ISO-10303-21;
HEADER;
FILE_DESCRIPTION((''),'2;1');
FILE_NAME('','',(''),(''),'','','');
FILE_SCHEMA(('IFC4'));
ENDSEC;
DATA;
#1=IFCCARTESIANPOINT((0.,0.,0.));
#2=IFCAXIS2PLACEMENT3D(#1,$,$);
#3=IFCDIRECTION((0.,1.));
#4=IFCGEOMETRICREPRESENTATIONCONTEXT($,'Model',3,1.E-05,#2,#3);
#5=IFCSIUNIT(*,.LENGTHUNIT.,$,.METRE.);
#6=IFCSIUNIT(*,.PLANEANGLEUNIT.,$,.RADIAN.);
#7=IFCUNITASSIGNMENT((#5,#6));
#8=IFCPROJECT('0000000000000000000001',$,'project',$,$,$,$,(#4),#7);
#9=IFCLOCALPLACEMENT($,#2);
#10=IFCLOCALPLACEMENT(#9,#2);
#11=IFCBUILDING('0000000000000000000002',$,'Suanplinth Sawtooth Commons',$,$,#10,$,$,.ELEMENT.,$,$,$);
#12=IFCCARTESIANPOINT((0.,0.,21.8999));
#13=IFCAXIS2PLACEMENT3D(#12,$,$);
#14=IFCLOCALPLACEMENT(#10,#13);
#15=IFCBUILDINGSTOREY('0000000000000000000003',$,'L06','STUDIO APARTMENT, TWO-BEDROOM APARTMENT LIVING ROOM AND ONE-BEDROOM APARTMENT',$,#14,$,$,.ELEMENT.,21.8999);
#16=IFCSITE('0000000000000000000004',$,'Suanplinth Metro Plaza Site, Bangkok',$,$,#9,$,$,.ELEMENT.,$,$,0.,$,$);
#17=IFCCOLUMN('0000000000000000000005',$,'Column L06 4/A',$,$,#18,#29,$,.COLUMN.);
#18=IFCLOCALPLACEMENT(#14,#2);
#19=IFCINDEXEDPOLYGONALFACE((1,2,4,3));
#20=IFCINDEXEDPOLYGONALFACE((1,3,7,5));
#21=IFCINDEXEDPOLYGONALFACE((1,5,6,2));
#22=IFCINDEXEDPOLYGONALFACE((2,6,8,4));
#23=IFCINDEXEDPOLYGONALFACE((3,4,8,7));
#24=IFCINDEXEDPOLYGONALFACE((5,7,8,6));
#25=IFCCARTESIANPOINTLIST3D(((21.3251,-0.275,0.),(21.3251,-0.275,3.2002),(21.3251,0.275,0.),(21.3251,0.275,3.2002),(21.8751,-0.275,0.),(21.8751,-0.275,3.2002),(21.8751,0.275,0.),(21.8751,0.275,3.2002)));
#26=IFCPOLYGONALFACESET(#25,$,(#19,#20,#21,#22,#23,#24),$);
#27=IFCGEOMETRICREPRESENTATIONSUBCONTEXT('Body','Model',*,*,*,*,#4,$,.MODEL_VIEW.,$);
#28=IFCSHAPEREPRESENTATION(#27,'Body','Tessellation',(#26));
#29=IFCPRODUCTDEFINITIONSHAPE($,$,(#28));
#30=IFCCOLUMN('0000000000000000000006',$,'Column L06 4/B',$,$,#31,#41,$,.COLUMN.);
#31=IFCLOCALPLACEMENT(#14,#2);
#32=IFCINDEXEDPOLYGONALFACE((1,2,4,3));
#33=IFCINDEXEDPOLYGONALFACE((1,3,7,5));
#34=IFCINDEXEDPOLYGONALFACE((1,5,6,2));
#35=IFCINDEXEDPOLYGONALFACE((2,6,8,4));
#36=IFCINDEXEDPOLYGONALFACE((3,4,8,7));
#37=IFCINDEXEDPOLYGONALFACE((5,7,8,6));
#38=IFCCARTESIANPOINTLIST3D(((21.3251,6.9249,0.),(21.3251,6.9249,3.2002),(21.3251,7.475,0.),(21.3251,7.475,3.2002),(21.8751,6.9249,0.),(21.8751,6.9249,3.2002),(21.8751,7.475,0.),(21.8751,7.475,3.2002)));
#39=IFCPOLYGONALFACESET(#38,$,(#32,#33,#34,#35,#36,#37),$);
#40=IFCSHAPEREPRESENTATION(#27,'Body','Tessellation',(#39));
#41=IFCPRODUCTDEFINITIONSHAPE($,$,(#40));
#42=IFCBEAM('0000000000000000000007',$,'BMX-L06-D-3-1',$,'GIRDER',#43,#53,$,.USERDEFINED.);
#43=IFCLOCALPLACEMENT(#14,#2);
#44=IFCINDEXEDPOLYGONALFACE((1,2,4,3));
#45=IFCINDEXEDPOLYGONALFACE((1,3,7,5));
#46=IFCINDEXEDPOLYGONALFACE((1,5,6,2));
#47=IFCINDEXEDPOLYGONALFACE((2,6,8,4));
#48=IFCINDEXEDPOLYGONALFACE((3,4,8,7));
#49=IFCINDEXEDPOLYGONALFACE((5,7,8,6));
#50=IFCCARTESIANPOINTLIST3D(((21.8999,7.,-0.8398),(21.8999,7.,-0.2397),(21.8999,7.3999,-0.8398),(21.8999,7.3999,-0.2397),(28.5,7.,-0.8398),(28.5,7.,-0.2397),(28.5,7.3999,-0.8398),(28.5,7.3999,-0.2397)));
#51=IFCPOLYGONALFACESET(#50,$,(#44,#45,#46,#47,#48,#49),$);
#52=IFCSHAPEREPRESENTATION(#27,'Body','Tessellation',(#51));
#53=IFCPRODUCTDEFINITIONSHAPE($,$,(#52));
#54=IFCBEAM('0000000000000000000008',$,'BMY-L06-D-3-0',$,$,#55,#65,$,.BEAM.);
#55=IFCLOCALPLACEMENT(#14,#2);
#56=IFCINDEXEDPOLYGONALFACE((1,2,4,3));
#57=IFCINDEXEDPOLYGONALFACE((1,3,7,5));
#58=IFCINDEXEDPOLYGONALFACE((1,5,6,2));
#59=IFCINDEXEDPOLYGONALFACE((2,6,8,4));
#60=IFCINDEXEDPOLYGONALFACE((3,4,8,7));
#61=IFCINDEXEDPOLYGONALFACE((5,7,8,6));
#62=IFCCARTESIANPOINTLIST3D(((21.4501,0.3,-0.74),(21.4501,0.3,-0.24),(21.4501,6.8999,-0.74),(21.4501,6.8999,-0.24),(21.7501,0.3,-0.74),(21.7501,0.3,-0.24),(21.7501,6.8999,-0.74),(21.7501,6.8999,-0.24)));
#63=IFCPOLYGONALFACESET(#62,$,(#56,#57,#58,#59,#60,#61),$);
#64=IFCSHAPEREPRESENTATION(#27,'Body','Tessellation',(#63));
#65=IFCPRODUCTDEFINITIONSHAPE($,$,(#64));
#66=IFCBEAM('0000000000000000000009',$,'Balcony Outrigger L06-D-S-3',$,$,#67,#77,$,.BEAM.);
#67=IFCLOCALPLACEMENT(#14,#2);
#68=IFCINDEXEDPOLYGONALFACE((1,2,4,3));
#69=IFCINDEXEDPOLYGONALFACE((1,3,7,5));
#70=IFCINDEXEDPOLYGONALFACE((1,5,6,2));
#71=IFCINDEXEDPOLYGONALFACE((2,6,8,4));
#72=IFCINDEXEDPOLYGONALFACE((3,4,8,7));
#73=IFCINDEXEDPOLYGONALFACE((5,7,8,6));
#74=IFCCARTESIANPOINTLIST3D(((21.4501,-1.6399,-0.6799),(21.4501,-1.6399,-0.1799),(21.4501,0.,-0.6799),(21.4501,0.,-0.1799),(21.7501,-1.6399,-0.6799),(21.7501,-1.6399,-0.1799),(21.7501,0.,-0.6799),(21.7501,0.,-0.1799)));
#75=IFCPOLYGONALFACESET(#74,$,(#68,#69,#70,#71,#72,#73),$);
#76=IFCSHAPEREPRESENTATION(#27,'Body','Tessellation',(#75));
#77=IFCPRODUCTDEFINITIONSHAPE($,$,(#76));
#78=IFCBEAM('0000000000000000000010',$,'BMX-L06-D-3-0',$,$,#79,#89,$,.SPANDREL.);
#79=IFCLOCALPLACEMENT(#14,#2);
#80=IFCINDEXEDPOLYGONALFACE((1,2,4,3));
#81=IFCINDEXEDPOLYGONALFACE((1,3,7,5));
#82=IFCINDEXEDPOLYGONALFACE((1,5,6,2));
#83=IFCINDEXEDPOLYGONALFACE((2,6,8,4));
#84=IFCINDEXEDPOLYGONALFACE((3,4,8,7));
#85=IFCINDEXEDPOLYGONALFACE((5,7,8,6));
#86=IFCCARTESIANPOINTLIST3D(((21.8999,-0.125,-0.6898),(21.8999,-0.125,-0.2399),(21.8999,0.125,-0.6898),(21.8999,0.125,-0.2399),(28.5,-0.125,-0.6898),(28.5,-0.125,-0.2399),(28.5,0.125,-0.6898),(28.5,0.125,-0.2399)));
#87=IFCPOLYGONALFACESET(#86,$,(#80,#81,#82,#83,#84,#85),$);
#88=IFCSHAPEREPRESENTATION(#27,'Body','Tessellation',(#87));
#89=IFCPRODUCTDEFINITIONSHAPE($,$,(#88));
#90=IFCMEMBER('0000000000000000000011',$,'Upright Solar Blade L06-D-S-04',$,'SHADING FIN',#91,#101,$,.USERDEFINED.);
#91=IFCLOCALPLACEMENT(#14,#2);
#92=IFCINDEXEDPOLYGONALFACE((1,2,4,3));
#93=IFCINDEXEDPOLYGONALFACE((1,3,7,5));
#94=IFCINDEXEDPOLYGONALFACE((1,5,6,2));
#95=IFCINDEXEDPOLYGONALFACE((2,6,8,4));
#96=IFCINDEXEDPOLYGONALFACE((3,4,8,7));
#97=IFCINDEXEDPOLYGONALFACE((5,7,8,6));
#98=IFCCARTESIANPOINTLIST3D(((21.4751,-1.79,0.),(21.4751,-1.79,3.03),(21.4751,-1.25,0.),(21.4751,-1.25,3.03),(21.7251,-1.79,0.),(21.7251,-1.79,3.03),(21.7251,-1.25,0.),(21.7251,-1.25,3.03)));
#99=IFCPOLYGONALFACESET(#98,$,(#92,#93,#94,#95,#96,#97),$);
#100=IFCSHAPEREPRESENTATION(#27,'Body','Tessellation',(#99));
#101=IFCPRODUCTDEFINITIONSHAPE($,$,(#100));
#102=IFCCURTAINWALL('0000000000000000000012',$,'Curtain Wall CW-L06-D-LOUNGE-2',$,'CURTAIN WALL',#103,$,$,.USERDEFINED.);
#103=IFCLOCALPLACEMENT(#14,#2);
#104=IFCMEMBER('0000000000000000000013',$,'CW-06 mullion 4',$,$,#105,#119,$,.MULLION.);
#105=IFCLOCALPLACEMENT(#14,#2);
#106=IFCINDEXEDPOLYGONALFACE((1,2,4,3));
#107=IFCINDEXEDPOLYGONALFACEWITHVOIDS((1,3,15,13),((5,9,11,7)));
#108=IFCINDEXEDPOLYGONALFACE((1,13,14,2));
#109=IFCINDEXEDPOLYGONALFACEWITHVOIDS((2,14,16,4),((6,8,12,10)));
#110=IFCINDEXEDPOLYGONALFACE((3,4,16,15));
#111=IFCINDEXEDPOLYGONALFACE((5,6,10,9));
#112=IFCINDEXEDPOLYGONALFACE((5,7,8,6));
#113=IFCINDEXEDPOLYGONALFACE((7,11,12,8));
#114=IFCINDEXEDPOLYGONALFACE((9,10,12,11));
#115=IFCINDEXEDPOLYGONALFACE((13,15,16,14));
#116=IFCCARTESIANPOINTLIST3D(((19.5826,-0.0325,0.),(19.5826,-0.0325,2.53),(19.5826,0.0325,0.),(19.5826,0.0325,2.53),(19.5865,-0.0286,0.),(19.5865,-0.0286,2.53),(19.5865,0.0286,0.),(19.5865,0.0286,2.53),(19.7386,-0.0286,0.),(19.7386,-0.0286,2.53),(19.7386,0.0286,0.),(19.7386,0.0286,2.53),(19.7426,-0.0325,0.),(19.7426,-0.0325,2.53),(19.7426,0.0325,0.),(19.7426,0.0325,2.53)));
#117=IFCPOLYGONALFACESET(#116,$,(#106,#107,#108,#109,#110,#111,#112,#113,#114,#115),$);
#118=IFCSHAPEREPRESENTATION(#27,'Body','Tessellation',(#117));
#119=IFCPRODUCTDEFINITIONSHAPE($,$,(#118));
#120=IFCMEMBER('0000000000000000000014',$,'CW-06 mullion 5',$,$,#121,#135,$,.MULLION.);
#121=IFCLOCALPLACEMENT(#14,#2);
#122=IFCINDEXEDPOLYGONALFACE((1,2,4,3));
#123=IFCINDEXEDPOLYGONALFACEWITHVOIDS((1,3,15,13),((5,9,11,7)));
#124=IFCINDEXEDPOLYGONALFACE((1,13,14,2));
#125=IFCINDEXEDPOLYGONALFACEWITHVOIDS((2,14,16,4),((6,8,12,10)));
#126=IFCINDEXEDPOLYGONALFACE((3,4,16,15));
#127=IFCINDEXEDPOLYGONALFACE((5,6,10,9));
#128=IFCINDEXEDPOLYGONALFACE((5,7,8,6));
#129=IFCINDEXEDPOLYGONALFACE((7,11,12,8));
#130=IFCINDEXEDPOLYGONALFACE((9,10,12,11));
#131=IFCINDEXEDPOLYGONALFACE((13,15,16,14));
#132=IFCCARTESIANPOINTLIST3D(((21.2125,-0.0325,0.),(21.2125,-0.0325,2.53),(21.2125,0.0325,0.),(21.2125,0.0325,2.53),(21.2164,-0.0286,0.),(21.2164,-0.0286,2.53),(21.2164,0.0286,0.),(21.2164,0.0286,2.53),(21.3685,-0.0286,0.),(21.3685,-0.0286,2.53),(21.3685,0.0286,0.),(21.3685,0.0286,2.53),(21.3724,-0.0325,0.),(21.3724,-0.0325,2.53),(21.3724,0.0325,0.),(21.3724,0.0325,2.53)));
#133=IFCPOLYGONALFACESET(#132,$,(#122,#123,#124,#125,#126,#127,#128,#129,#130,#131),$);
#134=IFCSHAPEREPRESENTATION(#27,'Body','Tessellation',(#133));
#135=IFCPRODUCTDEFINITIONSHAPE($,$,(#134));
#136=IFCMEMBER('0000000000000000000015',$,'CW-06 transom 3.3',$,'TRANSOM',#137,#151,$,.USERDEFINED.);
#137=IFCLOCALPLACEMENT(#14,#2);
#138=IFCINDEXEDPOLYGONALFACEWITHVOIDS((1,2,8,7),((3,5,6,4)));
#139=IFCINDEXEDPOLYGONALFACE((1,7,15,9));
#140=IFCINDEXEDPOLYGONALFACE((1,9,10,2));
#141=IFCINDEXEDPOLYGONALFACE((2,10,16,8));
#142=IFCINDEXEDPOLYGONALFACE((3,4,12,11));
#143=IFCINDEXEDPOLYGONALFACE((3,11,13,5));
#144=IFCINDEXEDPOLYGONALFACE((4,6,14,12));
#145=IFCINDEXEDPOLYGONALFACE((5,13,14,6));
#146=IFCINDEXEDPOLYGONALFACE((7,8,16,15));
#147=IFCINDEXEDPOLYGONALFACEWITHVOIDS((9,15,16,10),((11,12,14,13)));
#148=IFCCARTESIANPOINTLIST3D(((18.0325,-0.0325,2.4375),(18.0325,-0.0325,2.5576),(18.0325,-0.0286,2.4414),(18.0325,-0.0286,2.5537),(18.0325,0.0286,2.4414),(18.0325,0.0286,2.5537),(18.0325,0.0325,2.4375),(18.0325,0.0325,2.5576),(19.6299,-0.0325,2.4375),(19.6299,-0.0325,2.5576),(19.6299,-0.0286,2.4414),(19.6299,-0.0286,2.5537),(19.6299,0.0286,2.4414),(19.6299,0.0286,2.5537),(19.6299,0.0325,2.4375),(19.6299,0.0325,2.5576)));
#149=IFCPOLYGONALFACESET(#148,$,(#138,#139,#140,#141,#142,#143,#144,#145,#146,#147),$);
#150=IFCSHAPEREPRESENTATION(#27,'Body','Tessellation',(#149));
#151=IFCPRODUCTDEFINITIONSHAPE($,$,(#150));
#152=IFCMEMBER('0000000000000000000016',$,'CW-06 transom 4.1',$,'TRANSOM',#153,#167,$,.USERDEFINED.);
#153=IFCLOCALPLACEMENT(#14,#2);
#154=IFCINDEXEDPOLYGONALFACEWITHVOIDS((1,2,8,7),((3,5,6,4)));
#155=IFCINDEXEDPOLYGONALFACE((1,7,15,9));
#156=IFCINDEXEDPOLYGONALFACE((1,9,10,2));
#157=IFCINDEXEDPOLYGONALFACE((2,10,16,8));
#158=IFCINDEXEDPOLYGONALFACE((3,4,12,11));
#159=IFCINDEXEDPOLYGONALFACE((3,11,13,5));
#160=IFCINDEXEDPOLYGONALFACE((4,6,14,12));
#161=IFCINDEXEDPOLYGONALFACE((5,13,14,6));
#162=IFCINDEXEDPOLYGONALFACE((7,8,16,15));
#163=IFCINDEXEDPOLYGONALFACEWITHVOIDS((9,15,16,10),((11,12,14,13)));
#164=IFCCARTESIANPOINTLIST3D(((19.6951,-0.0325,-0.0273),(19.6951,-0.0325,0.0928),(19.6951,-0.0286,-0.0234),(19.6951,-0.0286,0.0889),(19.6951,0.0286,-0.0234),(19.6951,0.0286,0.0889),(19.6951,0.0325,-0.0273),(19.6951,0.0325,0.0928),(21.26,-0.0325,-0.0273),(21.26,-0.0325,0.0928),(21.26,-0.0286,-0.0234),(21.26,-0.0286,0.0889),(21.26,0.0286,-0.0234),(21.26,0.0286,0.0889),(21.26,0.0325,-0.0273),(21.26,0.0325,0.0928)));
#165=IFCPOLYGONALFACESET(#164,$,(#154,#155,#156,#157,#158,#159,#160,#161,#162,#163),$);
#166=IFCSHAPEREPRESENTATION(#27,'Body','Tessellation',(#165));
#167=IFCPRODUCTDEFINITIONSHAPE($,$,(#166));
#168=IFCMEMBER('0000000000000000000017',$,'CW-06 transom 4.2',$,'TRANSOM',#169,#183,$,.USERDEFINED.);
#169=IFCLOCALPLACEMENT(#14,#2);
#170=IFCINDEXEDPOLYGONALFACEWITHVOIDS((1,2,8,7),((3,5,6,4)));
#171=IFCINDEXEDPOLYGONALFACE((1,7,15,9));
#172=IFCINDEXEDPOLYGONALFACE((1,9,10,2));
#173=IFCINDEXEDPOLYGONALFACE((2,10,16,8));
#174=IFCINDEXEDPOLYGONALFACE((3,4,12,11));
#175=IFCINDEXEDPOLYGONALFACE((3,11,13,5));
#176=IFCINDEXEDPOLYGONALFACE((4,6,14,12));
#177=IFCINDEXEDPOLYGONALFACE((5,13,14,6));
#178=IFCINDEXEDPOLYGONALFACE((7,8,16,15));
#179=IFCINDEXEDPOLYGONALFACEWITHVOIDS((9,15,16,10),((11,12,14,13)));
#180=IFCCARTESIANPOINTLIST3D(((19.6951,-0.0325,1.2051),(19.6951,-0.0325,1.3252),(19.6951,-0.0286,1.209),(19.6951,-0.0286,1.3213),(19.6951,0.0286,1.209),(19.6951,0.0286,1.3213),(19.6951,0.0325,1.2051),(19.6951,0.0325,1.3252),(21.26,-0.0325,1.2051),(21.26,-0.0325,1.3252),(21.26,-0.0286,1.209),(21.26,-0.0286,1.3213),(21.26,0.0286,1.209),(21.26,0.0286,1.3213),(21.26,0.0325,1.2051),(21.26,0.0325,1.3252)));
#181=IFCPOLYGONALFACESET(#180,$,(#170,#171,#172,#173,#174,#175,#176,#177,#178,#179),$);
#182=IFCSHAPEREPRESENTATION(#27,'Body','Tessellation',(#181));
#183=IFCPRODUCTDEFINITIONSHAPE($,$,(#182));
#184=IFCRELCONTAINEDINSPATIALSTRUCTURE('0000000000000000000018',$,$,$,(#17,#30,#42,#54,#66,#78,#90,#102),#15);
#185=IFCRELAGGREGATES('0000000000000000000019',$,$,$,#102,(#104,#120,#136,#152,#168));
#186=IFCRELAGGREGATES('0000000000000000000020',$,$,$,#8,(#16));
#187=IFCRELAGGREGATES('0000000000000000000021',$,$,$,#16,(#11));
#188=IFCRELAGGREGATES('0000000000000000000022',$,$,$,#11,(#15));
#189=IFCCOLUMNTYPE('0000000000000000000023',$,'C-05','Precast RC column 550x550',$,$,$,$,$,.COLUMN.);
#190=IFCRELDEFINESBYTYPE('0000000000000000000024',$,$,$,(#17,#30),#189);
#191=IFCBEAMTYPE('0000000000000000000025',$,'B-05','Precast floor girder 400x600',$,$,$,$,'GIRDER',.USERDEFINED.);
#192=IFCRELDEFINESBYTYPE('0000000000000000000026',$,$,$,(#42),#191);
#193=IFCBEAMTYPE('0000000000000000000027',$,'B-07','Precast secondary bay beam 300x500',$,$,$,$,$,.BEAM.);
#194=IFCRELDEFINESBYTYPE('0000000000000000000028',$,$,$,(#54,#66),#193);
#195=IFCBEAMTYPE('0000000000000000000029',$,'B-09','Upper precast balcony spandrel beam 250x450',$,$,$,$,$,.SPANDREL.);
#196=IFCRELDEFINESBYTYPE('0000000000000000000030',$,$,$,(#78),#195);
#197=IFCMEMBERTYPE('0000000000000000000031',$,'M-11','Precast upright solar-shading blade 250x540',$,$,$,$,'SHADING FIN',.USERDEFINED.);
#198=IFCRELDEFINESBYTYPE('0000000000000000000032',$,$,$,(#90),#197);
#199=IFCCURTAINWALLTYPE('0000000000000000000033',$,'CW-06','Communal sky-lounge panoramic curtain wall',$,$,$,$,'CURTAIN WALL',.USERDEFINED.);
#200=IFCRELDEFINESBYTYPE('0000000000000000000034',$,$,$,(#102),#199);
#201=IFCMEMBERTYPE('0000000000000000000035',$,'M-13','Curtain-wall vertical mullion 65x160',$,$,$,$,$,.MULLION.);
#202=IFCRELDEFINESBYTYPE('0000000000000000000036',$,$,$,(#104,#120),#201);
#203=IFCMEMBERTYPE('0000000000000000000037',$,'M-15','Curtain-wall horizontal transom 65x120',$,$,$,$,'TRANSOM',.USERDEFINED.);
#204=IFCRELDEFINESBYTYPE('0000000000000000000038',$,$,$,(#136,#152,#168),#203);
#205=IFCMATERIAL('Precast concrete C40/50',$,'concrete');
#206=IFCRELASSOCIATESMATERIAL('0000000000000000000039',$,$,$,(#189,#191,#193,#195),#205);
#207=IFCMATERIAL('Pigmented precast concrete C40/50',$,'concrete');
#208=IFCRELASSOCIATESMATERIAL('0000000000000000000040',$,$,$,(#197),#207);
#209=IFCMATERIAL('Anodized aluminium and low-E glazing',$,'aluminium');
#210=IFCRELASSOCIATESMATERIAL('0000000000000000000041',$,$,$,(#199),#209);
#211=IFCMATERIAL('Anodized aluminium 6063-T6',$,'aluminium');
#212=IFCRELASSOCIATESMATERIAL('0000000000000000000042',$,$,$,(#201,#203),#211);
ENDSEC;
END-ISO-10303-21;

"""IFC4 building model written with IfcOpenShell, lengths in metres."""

from ifc_helpers import new_model, si_unit, direction, frame, origin, origin_2d, place, context, subcontext, project, spatial, rectangle, hollow_rectangle, extrude, material, material_profile, profile_set, type_object, element, aggregate, save


model = new_model("IFC4")

# Units and contexts
model_context = context("Model", 3, precision=1e-05, world=origin(), true_north=direction((0.0, 1.0)))
body_context = subcontext(model_context, "Body", "Model", "MODEL_VIEW")
ifc_project = project(units=[si_unit("LENGTHUNIT", "METRE"), si_unit("PLANEANGLEUNIT", "RADIAN")], contexts=[model_context])

# Site, building, storey
site_placement = place(None, origin())
site = spatial("IfcSite", under=ifc_project, at=site_placement, Name="Suanplinth Metro Plaza Site, Bangkok", CompositionType="ELEMENT", RefElevation=0.0)
building_placement = place(site_placement, origin())
building = spatial("IfcBuilding", under=site, at=building_placement, Name="Suanplinth Sawtooth Commons", CompositionType="ELEMENT")
storey_placement = place(building_placement, frame((0.0, 0.0, 21.8999)))
storey = spatial("IfcBuildingStorey", under=building, at=storey_placement, Name="L06", Description="STUDIO APARTMENT, TWO-BEDROOM APARTMENT LIVING ROOM AND ONE-BEDROOM APARTMENT", CompositionType="ELEMENT", Elevation=21.8999)

# Columns
ifc_material_1 = material(Name="Precast concrete C40/50", Category="concrete")
ifc_material_profile_1 = material_profile(ifc_material_1, rectangle(XDim=0.55, YDim=0.55, at=origin_2d()), Name="PC-COL 550x550")
ifc_profile_set_1 = profile_set([ifc_material_profile_1], Name="Precast concrete C40/50")
column_type = type_object("IfcColumnType", Name="C-05", Description="Precast RC column 550x550", PredefinedType="COLUMN", material=ifc_profile_set_1)
for number, where, z_axis, x_axis, name in (
    (1, (21.6001, 0.0, 0.0), (0.0, 0.0, 1.0), (1.0, 0.0, 0.0), "Column L06 4/A"),
    (2, (21.6001, 7.2, 0.0), (0.0, 0.0, 1.0), (1.0, 0.0, 0.0), "Column L06 4/B"),
):
    element("IfcColumn", number, at=place(storey_placement, frame(where, z_axis=z_axis, x_axis=x_axis)), inside=storey, type_object=column_type, Name=name, PredefinedType="COLUMN", context=body_context, shape_type="SweptSolid", body=[
        extrude(rectangle(XDim=0.55, YDim=0.55, at=origin_2d()), origin(), (0.0, 0.0, 1.0), 3.2002),
    ])

# Beams
ifc_material_profile_2 = material_profile(ifc_material_1, rectangle(XDim=0.3999, YDim=0.6001, at=origin_2d()), Name="PC-GDR 400x600")
ifc_profile_set_2 = profile_set([ifc_material_profile_2], Name="Precast concrete C40/50")
beam_type_1 = type_object("IfcBeamType", Name="B-05", Description="Precast floor girder 400x600", ElementType="GIRDER", PredefinedType="USERDEFINED", material=ifc_profile_set_2)
beam_1_placement = place(storey_placement, frame((21.8999, 7.2, -0.5398), z_axis=(1.0, 0.0, 0.0), x_axis=(0.0, 1.0, 0.0)))
element("IfcBeam", 3, at=beam_1_placement, inside=storey, type_object=beam_type_1, Name="BMX-L06-D-3-1", ObjectType="GIRDER", PredefinedType="USERDEFINED", context=body_context, shape_type="SweptSolid", body=[
    extrude(rectangle(XDim=0.3999, YDim=0.6001, at=origin_2d()), origin(), (0.0, 0.0, 1.0), 6.6001),
])
ifc_material_profile_3 = material_profile(ifc_material_1, rectangle(XDim=0.3, YDim=0.5, at=origin_2d()), Name="PC-BM 300x500")
ifc_profile_set_3 = profile_set([ifc_material_profile_3], Name="Precast concrete C40/50")
beam_type_2 = type_object("IfcBeamType", Name="B-07", Description="Precast secondary bay beam 300x500", PredefinedType="BEAM", material=ifc_profile_set_3)
beam_2_placement = place(storey_placement, frame((21.6001, 0.3, -0.49), z_axis=(0.0, 1.0, 0.0), x_axis=(-1.0, 0.0, 0.0)))
element("IfcBeam", 4, at=beam_2_placement, inside=storey, type_object=beam_type_2, Name="BMY-L06-D-3-0", PredefinedType="BEAM", context=body_context, shape_type="SweptSolid", body=[
    extrude(rectangle(XDim=0.3, YDim=0.5, at=origin_2d()), origin(), (0.0, 0.0, 1.0), 6.5999),
])
beam_3_placement = place(storey_placement, frame((21.6001, 0.0, -0.4299), z_axis=(0.0, -1.0, 0.0), x_axis=(1.0, 0.0, 0.0)))
element("IfcBeam", 5, at=beam_3_placement, inside=storey, type_object=beam_type_2, Name="Balcony Outrigger L06-D-S-3", PredefinedType="BEAM", context=body_context, shape_type="SweptSolid", body=[
    extrude(rectangle(XDim=0.3, YDim=0.5, at=origin_2d()), origin(), (0.0, 0.0, 1.0), 1.6399),
])
ifc_material_profile_4 = material_profile(ifc_material_1, rectangle(XDim=0.25, YDim=0.45, at=origin_2d()), Name="PC-SP 250x450")
ifc_profile_set_4 = profile_set([ifc_material_profile_4], Name="Precast concrete C40/50")
beam_type_3 = type_object("IfcBeamType", Name="B-09", Description="Upper precast balcony spandrel beam 250x450", PredefinedType="SPANDREL", material=ifc_profile_set_4)
beam_4_placement = place(storey_placement, frame((21.8999, 0.0, -0.4648), z_axis=(1.0, 0.0, 0.0), x_axis=(0.0, 1.0, 0.0)))
element("IfcBeam", 6, at=beam_4_placement, inside=storey, type_object=beam_type_3, Name="BMX-L06-D-3-0", PredefinedType="SPANDREL", context=body_context, shape_type="SweptSolid", body=[
    extrude(rectangle(XDim=0.25, YDim=0.45, at=origin_2d()), origin(), (0.0, 0.0, 1.0), 6.6001),
])

# Member
ifc_material_2 = material(Name="Pigmented precast concrete C40/50", Category="concrete")
ifc_material_profile_5 = material_profile(ifc_material_2, rectangle(XDim=0.25, YDim=0.54, at=origin_2d()), Name="PC-FIN 250x540")
ifc_profile_set_5 = profile_set([ifc_material_profile_5], Name="Pigmented precast concrete C40/50")
member_type_1 = type_object("IfcMemberType", Name="M-11", Description="Precast upright solar-shading blade 250x540", ElementType="SHADING FIN", PredefinedType="USERDEFINED", material=ifc_profile_set_5)
member_1_placement = place(storey_placement, frame((21.6001, -1.52, 0.0), z_axis=(0.0, 0.0, 1.0), x_axis=(1.0, 0.0, 0.0)))
element("IfcMember", 7, at=member_1_placement, inside=storey, type_object=member_type_1, Name="Upright Solar Blade L06-D-S-04", ObjectType="SHADING FIN", PredefinedType="USERDEFINED", context=body_context, shape_type="SweptSolid", body=[
    extrude(rectangle(XDim=0.25, YDim=0.54, at=origin_2d()), origin(), (0.0, 0.0, 1.0), 3.03),
])

# Curtain wall, members
ifc_material_3 = material(Name="Anodized aluminium and low-E glazing", Category="aluminium")
curtain_wall_type = type_object("IfcCurtainWallType", Name="CW-06", Description="Communal sky-lounge panoramic curtain wall", ElementType="CURTAIN WALL", PredefinedType="USERDEFINED", material=ifc_material_3)
curtain_wall_placement = place(storey_placement, origin())
curtain_wall = element("IfcCurtainWall", 8, at=curtain_wall_placement, inside=storey, type_object=curtain_wall_type, Name="Curtain Wall CW-L06-D-LOUNGE-2", ObjectType="CURTAIN WALL", PredefinedType="USERDEFINED")
ifc_material_4 = material(Name="Anodized aluminium 6063-T6", Category="aluminium")
ifc_material_profile_6 = material_profile(ifc_material_4, hollow_rectangle(XDim=0.0649, YDim=0.1599, WallThickness=0.0039, at=origin_2d()), Name="ALU-MUL 65x160")
ifc_profile_set_6 = profile_set([ifc_material_profile_6], Name="Anodized aluminium 6063-T6")
member_type_2 = type_object("IfcMemberType", Name="M-13", Description="Curtain-wall vertical mullion 65x160", PredefinedType="MULLION", material=ifc_profile_set_6)
member_2_placement = place(storey_placement, frame((19.6626, 0.0, 0.0), z_axis=(0.0, 0.0, 1.0), x_axis=(0.0, 1.0, 0.0)))
member_2 = element("IfcMember", 9, at=member_2_placement, type_object=member_type_2, Name="CW-06 mullion 4", PredefinedType="MULLION", context=body_context, shape_type="SweptSolid", body=[
    extrude(hollow_rectangle(XDim=0.0649, YDim=0.1599, WallThickness=0.0039, at=origin_2d()), origin(), (0.0, 0.0, 1.0), 2.53),
])
member_3_placement = place(storey_placement, frame((21.2925, 0.0, 0.0), z_axis=(0.0, 0.0, 1.0), x_axis=(0.0, 1.0, 0.0)))
member_3 = element("IfcMember", 10, at=member_3_placement, type_object=member_type_2, Name="CW-06 mullion 5", PredefinedType="MULLION", context=body_context, shape_type="SweptSolid", body=[
    extrude(hollow_rectangle(XDim=0.0649, YDim=0.1599, WallThickness=0.0039, at=origin_2d()), origin(), (0.0, 0.0, 1.0), 2.53),
])
ifc_material_profile_7 = material_profile(ifc_material_4, hollow_rectangle(XDim=0.0649, YDim=0.1201, WallThickness=0.0039, at=origin_2d()), Name="ALU-TRN 65x120")
ifc_profile_set_7 = profile_set([ifc_material_profile_7], Name="Anodized aluminium 6063-T6")
member_type_3 = type_object("IfcMemberType", Name="M-15", Description="Curtain-wall horizontal transom 65x120", ElementType="TRANSOM", PredefinedType="USERDEFINED", material=ifc_profile_set_7)
member_4_placement = place(storey_placement, frame((18.0325, 0.0, 2.4976), z_axis=(1.0, 0.0, 0.0), x_axis=(0.0, 1.0, 0.0)))
member_4 = element("IfcMember", 11, at=member_4_placement, type_object=member_type_3, Name="CW-06 transom 3.3", ObjectType="TRANSOM", PredefinedType="USERDEFINED", context=body_context, shape_type="SweptSolid", body=[
    extrude(hollow_rectangle(XDim=0.0649, YDim=0.1201, WallThickness=0.0039, at=origin_2d()), origin(), (0.0, 0.0, 1.0), 1.5974),
])
member_5_placement = place(storey_placement, frame((19.6951, 0.0, 0.0327), z_axis=(1.0, 0.0, 0.0), x_axis=(0.0, 1.0, 0.0)))
member_5 = element("IfcMember", 12, at=member_5_placement, type_object=member_type_3, Name="CW-06 transom 4.1", ObjectType="TRANSOM", PredefinedType="USERDEFINED", context=body_context, shape_type="SweptSolid", body=[
    extrude(hollow_rectangle(XDim=0.0649, YDim=0.1201, WallThickness=0.0039, at=origin_2d()), origin(), (0.0, 0.0, 1.0), 1.5649),
])
member_6_placement = place(storey_placement, frame((19.6951, 0.0, 1.2651), z_axis=(1.0, 0.0, 0.0), x_axis=(0.0, 1.0, 0.0)))
member_6 = element("IfcMember", 13, at=member_6_placement, type_object=member_type_3, Name="CW-06 transom 4.2", ObjectType="TRANSOM", PredefinedType="USERDEFINED", context=body_context, shape_type="SweptSolid", body=[
    extrude(hollow_rectangle(XDim=0.0649, YDim=0.1201, WallThickness=0.0039, at=origin_2d()), origin(), (0.0, 0.0, 1.0), 1.5649),
])
aggregate(curtain_wall, [member_2, member_3, member_4, member_5, member_6])

save(model, "model.ifc")
